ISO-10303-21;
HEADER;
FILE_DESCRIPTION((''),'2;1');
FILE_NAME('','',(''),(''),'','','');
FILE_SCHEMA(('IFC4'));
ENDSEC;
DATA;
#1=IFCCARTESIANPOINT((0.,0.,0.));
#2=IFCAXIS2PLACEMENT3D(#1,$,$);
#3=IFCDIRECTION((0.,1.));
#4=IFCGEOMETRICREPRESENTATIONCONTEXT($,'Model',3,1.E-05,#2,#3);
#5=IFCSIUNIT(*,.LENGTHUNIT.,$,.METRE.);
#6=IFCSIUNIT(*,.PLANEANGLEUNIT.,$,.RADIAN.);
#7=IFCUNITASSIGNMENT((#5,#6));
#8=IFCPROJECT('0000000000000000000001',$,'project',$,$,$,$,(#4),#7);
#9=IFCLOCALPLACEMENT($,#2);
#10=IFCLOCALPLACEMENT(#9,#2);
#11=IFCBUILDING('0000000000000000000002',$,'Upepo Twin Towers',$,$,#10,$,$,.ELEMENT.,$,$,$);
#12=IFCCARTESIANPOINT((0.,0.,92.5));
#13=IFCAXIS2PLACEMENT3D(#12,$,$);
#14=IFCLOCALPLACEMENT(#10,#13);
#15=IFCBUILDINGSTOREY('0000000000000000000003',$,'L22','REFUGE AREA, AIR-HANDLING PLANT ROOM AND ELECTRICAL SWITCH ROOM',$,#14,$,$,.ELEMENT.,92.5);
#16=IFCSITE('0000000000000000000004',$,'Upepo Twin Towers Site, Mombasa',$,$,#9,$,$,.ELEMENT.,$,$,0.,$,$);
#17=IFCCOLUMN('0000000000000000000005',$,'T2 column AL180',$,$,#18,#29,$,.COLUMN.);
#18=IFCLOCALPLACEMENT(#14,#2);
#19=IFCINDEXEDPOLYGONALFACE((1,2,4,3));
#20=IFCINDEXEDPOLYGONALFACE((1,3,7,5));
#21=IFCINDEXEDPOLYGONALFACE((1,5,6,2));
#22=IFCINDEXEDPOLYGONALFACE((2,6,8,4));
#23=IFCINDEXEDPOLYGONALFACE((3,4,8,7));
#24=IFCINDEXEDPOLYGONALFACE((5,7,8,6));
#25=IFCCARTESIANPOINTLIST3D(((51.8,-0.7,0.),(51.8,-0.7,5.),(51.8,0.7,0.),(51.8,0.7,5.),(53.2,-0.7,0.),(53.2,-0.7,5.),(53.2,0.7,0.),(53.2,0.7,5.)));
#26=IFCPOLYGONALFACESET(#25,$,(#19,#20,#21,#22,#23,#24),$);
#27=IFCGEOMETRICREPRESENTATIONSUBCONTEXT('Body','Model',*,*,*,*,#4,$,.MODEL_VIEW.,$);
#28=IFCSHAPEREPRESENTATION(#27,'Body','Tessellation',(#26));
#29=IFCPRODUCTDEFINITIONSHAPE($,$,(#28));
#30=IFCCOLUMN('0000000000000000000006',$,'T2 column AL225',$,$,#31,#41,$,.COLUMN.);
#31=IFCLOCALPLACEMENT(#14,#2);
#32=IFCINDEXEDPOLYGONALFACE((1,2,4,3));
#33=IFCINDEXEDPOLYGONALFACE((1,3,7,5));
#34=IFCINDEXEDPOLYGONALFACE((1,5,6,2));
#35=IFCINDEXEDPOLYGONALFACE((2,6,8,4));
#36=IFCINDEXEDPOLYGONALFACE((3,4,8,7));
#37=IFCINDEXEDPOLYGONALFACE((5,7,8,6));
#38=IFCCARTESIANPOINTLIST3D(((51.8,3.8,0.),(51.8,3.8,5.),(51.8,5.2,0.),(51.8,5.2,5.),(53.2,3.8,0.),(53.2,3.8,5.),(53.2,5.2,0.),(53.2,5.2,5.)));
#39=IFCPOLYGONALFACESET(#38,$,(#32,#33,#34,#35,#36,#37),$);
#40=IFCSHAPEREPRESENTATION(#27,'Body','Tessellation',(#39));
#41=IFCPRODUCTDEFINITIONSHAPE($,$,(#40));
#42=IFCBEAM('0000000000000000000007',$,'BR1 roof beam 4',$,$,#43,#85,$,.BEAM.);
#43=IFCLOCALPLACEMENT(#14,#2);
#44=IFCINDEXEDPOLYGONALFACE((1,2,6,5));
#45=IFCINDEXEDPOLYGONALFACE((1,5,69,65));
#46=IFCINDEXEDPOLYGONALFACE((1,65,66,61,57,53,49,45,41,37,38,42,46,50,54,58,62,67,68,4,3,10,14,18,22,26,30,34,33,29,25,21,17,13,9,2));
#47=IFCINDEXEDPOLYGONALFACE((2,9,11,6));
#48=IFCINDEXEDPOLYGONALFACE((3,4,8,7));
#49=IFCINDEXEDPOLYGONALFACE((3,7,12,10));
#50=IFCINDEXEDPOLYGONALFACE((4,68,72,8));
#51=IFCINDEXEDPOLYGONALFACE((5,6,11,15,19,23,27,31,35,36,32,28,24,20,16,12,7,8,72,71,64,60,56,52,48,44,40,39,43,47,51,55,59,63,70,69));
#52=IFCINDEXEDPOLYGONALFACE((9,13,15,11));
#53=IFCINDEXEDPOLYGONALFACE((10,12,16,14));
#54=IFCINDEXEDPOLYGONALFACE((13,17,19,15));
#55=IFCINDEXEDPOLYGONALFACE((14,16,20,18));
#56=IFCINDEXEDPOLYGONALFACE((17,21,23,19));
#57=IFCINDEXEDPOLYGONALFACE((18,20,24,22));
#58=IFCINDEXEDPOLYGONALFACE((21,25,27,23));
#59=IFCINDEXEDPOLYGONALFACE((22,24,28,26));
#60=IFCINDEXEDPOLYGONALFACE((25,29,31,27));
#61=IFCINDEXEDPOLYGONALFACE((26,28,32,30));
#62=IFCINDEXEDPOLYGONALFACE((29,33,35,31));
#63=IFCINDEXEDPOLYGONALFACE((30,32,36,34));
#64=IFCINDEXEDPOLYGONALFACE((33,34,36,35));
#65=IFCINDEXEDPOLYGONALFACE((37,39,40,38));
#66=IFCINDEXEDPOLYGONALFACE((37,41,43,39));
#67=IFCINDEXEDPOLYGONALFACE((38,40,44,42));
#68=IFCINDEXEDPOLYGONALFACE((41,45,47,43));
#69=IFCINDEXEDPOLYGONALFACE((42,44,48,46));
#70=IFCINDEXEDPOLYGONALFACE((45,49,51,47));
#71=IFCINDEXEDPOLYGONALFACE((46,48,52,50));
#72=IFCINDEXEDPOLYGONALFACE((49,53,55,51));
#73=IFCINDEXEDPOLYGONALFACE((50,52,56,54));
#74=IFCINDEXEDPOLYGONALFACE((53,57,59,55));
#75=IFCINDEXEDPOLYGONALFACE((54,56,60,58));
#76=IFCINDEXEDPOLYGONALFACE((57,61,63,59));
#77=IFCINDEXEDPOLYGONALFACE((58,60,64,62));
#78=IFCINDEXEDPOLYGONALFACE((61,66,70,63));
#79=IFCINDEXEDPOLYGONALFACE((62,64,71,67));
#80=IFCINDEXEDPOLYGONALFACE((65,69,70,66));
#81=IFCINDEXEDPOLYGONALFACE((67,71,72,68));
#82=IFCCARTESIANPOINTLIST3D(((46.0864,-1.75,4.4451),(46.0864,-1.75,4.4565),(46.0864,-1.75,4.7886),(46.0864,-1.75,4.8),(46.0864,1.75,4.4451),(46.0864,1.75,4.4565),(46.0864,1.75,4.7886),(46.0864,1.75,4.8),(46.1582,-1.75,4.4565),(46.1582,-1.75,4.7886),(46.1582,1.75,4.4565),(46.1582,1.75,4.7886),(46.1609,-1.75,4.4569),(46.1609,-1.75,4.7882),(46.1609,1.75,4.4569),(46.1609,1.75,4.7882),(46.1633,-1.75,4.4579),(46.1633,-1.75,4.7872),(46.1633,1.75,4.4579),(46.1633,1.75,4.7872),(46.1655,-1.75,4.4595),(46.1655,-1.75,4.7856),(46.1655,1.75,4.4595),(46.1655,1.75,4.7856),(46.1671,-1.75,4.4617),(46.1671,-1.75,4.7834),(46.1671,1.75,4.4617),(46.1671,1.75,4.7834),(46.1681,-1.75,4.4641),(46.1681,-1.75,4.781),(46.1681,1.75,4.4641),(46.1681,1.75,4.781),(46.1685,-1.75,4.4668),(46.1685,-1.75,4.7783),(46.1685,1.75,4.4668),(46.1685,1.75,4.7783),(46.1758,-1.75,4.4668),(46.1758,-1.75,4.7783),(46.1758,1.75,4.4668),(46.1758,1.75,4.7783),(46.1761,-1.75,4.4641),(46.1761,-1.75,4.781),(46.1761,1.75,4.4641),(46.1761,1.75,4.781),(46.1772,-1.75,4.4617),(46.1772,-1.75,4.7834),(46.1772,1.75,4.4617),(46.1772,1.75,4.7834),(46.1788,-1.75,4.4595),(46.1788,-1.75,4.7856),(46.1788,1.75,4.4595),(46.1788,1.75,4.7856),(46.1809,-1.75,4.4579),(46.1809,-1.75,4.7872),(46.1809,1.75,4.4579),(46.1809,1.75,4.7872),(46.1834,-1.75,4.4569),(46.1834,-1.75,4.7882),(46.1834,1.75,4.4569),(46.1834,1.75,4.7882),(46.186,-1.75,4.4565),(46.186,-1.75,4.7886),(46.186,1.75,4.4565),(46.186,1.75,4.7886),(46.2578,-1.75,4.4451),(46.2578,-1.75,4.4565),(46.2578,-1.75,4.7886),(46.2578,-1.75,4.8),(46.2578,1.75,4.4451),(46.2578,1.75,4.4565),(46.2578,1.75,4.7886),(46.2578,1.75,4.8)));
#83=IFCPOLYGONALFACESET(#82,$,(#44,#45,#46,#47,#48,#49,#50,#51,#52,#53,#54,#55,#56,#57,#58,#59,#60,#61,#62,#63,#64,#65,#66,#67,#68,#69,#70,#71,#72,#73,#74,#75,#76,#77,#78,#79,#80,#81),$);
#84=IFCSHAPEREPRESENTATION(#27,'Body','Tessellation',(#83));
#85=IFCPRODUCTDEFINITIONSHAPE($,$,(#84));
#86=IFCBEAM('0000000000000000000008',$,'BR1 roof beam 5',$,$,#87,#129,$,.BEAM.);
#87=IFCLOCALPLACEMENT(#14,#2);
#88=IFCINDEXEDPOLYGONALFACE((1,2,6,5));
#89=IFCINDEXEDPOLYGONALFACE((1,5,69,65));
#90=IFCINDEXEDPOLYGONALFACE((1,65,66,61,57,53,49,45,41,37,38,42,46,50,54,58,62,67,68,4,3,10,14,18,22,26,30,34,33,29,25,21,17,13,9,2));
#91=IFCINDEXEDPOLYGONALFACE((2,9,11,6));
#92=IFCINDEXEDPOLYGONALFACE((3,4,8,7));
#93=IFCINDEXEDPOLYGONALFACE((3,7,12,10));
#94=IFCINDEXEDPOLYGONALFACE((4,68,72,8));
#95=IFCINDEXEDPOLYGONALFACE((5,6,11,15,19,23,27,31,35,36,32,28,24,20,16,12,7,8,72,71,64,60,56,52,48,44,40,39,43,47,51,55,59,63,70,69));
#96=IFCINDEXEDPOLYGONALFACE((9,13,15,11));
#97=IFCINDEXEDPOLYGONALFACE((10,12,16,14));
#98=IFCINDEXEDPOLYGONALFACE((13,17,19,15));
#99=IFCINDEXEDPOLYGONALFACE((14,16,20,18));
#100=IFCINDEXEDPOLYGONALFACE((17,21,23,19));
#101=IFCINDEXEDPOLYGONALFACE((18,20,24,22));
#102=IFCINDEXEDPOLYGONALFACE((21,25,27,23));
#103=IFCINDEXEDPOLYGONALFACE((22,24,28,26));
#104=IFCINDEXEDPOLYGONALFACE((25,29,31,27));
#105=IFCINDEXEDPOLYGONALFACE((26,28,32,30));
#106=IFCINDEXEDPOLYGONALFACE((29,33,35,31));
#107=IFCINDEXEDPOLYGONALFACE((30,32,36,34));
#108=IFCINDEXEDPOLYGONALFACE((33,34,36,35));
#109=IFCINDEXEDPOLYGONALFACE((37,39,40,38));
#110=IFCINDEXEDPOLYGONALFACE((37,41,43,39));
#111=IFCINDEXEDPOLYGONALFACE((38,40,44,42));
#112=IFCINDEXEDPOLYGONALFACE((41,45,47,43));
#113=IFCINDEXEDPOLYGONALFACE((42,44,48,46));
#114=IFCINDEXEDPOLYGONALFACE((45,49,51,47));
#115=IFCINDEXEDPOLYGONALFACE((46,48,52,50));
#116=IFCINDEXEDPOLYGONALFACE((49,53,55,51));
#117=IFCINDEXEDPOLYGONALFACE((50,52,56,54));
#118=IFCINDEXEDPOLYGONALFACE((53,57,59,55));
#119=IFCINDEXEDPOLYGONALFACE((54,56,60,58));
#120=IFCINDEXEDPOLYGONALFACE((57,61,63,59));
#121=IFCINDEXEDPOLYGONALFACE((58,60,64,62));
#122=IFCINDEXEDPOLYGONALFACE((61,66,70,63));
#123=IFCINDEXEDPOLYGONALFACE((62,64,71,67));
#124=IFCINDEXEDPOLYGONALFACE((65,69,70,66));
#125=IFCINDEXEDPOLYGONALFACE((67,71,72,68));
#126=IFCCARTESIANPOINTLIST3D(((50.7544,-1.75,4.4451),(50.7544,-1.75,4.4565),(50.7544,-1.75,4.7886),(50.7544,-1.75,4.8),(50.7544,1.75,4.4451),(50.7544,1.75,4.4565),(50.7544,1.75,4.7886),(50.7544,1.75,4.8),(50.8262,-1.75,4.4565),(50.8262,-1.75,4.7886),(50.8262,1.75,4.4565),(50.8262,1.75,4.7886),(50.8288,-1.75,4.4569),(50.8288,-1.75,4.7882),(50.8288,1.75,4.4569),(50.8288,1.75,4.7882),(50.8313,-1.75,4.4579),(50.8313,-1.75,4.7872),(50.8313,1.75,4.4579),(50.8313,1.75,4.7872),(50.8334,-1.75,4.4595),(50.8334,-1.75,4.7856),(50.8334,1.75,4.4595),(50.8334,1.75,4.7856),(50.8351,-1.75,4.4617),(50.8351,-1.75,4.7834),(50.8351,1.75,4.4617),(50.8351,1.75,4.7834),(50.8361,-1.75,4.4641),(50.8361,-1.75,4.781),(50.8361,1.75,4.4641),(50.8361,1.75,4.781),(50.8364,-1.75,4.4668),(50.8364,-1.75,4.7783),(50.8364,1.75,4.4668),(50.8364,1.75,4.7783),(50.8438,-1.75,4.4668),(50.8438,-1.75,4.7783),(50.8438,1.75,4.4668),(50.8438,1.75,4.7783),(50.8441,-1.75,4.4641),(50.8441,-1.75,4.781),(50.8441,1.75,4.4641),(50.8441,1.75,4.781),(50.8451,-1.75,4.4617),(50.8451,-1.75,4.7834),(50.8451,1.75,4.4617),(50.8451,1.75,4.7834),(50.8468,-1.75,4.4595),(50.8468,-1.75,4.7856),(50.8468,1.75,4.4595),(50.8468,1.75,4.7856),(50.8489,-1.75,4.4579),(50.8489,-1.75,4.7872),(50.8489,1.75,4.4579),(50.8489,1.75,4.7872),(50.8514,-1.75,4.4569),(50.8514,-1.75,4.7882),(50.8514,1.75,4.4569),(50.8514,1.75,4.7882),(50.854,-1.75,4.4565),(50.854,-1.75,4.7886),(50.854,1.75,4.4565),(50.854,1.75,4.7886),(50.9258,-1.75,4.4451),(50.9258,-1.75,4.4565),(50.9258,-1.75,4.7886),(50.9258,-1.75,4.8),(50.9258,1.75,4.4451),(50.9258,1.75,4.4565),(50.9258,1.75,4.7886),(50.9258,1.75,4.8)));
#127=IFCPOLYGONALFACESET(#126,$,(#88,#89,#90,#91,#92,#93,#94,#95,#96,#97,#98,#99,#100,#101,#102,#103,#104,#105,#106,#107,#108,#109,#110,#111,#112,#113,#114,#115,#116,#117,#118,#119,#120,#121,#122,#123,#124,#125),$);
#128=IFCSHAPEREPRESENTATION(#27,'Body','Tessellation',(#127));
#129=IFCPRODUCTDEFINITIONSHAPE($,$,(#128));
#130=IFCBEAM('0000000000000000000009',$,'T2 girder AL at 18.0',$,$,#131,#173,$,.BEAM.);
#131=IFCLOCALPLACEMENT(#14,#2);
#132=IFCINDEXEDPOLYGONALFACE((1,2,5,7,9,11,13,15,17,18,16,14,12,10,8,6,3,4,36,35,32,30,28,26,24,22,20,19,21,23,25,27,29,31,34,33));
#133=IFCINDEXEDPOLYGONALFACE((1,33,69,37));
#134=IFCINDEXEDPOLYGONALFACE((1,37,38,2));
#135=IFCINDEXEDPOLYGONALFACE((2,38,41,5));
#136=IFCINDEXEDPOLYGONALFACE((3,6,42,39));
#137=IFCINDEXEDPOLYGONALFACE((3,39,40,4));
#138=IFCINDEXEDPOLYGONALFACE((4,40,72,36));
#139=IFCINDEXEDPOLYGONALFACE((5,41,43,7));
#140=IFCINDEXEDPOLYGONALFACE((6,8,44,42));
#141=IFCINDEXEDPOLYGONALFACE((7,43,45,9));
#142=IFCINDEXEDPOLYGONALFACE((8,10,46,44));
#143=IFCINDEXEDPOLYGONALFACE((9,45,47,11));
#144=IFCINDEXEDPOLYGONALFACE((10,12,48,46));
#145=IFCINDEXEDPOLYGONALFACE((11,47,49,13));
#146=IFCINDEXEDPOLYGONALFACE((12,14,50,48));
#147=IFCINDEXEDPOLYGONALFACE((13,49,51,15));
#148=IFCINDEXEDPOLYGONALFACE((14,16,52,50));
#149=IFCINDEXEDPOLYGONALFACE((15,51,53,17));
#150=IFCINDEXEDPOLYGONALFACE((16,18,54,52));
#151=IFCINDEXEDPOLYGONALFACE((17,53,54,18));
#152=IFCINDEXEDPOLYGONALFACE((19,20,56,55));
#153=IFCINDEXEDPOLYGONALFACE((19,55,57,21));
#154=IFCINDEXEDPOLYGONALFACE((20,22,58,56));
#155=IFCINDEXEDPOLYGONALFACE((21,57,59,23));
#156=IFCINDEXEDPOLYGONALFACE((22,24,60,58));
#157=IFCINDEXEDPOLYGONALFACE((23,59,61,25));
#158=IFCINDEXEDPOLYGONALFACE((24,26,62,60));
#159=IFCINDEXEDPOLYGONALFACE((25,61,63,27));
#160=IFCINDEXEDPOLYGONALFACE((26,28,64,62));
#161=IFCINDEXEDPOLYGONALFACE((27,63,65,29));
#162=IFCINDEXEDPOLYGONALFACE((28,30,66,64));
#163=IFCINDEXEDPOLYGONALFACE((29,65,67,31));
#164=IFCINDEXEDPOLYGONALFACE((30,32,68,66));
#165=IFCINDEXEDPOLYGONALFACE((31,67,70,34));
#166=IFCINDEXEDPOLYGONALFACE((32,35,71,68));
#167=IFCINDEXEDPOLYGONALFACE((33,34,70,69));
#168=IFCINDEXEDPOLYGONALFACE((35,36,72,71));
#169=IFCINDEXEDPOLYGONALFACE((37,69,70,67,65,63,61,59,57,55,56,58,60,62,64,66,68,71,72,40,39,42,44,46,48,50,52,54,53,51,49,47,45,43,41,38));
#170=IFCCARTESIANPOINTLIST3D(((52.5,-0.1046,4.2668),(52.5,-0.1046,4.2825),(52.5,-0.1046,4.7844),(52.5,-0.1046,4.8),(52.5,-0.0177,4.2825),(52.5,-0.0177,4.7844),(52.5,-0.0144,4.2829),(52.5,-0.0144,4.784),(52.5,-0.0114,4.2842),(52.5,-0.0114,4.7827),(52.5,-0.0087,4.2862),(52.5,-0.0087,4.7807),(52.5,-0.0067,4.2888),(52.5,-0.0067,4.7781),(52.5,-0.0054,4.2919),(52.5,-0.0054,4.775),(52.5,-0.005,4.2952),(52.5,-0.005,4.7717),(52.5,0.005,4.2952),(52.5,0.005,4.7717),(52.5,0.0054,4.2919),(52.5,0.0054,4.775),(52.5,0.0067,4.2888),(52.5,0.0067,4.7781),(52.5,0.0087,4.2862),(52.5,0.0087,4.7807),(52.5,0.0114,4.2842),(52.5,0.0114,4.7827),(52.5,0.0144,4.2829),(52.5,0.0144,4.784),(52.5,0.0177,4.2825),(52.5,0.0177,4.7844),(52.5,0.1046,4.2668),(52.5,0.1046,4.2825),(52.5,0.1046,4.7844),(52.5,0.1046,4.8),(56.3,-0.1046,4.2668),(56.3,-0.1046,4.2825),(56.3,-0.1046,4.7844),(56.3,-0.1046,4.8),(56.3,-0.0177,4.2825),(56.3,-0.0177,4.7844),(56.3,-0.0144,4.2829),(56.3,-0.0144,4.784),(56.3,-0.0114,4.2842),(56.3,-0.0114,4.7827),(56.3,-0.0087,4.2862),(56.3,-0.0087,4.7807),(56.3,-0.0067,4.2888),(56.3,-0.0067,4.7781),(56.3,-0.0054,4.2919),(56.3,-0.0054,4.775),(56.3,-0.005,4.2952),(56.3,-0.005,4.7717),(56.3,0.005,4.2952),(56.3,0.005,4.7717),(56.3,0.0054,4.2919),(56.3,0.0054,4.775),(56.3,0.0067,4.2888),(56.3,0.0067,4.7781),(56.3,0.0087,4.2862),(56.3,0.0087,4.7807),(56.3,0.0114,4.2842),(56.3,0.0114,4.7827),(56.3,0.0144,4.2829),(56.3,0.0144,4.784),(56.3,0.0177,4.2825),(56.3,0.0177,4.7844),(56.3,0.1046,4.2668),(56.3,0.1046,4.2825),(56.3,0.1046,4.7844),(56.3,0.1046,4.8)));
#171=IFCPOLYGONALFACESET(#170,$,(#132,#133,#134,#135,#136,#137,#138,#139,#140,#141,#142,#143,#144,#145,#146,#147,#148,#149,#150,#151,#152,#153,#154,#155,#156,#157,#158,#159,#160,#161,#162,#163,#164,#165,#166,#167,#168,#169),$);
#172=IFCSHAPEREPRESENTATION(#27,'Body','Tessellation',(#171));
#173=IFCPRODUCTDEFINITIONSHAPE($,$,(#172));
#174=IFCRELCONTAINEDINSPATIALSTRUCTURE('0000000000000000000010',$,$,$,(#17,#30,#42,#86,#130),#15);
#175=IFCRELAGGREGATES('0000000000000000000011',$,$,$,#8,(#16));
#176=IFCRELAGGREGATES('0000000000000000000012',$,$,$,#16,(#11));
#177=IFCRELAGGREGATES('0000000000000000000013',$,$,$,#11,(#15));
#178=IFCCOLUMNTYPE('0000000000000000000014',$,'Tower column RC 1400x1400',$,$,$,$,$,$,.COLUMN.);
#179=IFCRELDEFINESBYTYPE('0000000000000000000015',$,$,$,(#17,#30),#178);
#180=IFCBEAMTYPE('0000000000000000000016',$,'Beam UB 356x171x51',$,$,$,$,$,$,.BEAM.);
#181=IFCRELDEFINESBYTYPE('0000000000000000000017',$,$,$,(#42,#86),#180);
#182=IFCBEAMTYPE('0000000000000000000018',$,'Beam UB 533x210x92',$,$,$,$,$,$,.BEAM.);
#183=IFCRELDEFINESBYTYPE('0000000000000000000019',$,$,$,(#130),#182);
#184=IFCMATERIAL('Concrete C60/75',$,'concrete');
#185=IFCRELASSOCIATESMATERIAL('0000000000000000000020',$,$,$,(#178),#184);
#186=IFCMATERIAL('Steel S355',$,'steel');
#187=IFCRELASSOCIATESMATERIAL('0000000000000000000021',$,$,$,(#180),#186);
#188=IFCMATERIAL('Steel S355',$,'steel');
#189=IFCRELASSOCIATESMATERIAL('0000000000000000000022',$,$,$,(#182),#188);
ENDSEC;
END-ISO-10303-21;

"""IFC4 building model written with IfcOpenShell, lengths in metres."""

from ifc_helpers import new_model, si_unit, direction, frame, origin, origin_2d, place, context, subcontext, project, spatial, rectangle, i_section, extrude, material, material_profile, profile_set, type_object, element, save


model = new_model("IFC4")

# Units and contexts
model_context = context("Model", 3, precision=1e-05, world=origin(), true_north=direction((0.0, 1.0)))
body_context = subcontext(model_context, "Body", "Model", "MODEL_VIEW")
ifc_project = project(units=[si_unit("LENGTHUNIT", "METRE"), si_unit("PLANEANGLEUNIT", "RADIAN")], contexts=[model_context])

# Site, building, storey
site_placement = place(None, origin())
site = spatial("IfcSite", under=ifc_project, at=site_placement, Name="Upepo Twin Towers Site, Mombasa", CompositionType="ELEMENT", RefElevation=0.0)
building_placement = place(site_placement, origin())
building = spatial("IfcBuilding", under=site, at=building_placement, Name="Upepo Twin Towers", CompositionType="ELEMENT")
storey_placement = place(building_placement, frame((0.0, 0.0, 92.5)))
storey = spatial("IfcBuildingStorey", under=building, at=storey_placement, Name="L22", Description="REFUGE AREA, AIR-HANDLING PLANT ROOM AND ELECTRICAL SWITCH ROOM", CompositionType="ELEMENT", Elevation=92.5)

# Columns
ifc_material_1 = material(Name="Concrete C60/75", Category="concrete")
ifc_material_profile_1 = material_profile(ifc_material_1, rectangle(XDim=1.3999, YDim=1.3999, at=origin_2d()), Name="RC 1400x1400")
ifc_profile_set_1 = profile_set([ifc_material_profile_1], Name="Concrete C60/75")
column_type = type_object("IfcColumnType", Name="Tower column RC 1400x1400", PredefinedType="COLUMN", material=ifc_profile_set_1)
for number, where, z_axis, x_axis, name in (
    (1, (52.5, 0.0, 0.0), (0.0, 0.0, 1.0), (1.0, 0.0, 0.0), "T2 column AL180"),
    (2, (52.5, 4.5, 0.0), (0.0, 0.0, 1.0), (1.0, 0.0, 0.0), "T2 column AL225"),
):
    element("IfcColumn", number, at=place(storey_placement, frame(where, z_axis=z_axis, x_axis=x_axis)), inside=storey, type_object=column_type, Name=name, PredefinedType="COLUMN", context=body_context, shape_type="SweptSolid", body=[
        extrude(rectangle(XDim=1.3999, YDim=1.3999, at=origin_2d()), origin(), (0.0, 0.0, 1.0), 5.0),
    ])

# Beams
ifc_material_2 = material(Name="Steel S355", Category="steel")
ifc_material_profile_2 = material_profile(ifc_material_2, i_section(OverallWidth=0.1714, OverallDepth=0.355, WebThickness=0.0073, FlangeThickness=0.0115, FilletRadius=0.0103, at=origin_2d()), Name="UB 356x171x51")
ifc_profile_set_2 = profile_set([ifc_material_profile_2], Name="Steel S355")
beam_type_1 = type_object("IfcBeamType", Name="Beam UB 356x171x51", PredefinedType="BEAM", material=ifc_profile_set_2)
for number, where, z_axis, x_axis, name in (
    (3, (46.1721, -1.75, 4.6226), (0.0, 1.0, 0.0), (-1.0, 0.0, 0.0), "BR1 roof beam 4"),
    (4, (50.8401, -1.75, 4.6226), (0.0, 1.0, 0.0), (-1.0, 0.0, 0.0), "BR1 roof beam 5"),
):
    element("IfcBeam", number, at=place(storey_placement, frame(where, z_axis=z_axis, x_axis=x_axis)), inside=storey, type_object=beam_type_1, Name=name, PredefinedType="BEAM", context=body_context, shape_type="SweptSolid", body=[
        extrude(i_section(OverallWidth=0.1714, OverallDepth=0.355, WebThickness=0.0073, FlangeThickness=0.0115, FilletRadius=0.0103, at=origin_2d()), origin(), (0.0, 0.0, 1.0), 3.5),
    ])
ifc_material_3 = material(Name="Steel S355", Category="steel")
ifc_material_profile_3 = material_profile(ifc_material_3, i_section(OverallWidth=0.2092, OverallDepth=0.5332, WebThickness=0.01, FlangeThickness=0.0156, FilletRadius=0.0127, at=origin_2d()), Name="UB 533x210x92")
ifc_profile_set_3 = profile_set([ifc_material_profile_3], Name="Steel S355")
beam_type_2 = type_object("IfcBeamType", Name="Beam UB 533x210x92", PredefinedType="BEAM", material=ifc_profile_set_3)
beam_placement = place(storey_placement, frame((52.5, 0.0, 4.5334), z_axis=(1.0, 0.0, 0.0), x_axis=(0.0, 1.0, 0.0)))
element("IfcBeam", 5, at=beam_placement, inside=storey, type_object=beam_type_2, Name="T2 girder AL at 18.0", PredefinedType="BEAM", context=body_context, shape_type="SweptSolid", body=[
    extrude(i_section(OverallWidth=0.2092, OverallDepth=0.5332, WebThickness=0.01, FlangeThickness=0.0156, FilletRadius=0.0127, at=origin_2d()), origin(), (0.0, 0.0, 1.0), 3.8),
])

save(model, "model.ifc")
